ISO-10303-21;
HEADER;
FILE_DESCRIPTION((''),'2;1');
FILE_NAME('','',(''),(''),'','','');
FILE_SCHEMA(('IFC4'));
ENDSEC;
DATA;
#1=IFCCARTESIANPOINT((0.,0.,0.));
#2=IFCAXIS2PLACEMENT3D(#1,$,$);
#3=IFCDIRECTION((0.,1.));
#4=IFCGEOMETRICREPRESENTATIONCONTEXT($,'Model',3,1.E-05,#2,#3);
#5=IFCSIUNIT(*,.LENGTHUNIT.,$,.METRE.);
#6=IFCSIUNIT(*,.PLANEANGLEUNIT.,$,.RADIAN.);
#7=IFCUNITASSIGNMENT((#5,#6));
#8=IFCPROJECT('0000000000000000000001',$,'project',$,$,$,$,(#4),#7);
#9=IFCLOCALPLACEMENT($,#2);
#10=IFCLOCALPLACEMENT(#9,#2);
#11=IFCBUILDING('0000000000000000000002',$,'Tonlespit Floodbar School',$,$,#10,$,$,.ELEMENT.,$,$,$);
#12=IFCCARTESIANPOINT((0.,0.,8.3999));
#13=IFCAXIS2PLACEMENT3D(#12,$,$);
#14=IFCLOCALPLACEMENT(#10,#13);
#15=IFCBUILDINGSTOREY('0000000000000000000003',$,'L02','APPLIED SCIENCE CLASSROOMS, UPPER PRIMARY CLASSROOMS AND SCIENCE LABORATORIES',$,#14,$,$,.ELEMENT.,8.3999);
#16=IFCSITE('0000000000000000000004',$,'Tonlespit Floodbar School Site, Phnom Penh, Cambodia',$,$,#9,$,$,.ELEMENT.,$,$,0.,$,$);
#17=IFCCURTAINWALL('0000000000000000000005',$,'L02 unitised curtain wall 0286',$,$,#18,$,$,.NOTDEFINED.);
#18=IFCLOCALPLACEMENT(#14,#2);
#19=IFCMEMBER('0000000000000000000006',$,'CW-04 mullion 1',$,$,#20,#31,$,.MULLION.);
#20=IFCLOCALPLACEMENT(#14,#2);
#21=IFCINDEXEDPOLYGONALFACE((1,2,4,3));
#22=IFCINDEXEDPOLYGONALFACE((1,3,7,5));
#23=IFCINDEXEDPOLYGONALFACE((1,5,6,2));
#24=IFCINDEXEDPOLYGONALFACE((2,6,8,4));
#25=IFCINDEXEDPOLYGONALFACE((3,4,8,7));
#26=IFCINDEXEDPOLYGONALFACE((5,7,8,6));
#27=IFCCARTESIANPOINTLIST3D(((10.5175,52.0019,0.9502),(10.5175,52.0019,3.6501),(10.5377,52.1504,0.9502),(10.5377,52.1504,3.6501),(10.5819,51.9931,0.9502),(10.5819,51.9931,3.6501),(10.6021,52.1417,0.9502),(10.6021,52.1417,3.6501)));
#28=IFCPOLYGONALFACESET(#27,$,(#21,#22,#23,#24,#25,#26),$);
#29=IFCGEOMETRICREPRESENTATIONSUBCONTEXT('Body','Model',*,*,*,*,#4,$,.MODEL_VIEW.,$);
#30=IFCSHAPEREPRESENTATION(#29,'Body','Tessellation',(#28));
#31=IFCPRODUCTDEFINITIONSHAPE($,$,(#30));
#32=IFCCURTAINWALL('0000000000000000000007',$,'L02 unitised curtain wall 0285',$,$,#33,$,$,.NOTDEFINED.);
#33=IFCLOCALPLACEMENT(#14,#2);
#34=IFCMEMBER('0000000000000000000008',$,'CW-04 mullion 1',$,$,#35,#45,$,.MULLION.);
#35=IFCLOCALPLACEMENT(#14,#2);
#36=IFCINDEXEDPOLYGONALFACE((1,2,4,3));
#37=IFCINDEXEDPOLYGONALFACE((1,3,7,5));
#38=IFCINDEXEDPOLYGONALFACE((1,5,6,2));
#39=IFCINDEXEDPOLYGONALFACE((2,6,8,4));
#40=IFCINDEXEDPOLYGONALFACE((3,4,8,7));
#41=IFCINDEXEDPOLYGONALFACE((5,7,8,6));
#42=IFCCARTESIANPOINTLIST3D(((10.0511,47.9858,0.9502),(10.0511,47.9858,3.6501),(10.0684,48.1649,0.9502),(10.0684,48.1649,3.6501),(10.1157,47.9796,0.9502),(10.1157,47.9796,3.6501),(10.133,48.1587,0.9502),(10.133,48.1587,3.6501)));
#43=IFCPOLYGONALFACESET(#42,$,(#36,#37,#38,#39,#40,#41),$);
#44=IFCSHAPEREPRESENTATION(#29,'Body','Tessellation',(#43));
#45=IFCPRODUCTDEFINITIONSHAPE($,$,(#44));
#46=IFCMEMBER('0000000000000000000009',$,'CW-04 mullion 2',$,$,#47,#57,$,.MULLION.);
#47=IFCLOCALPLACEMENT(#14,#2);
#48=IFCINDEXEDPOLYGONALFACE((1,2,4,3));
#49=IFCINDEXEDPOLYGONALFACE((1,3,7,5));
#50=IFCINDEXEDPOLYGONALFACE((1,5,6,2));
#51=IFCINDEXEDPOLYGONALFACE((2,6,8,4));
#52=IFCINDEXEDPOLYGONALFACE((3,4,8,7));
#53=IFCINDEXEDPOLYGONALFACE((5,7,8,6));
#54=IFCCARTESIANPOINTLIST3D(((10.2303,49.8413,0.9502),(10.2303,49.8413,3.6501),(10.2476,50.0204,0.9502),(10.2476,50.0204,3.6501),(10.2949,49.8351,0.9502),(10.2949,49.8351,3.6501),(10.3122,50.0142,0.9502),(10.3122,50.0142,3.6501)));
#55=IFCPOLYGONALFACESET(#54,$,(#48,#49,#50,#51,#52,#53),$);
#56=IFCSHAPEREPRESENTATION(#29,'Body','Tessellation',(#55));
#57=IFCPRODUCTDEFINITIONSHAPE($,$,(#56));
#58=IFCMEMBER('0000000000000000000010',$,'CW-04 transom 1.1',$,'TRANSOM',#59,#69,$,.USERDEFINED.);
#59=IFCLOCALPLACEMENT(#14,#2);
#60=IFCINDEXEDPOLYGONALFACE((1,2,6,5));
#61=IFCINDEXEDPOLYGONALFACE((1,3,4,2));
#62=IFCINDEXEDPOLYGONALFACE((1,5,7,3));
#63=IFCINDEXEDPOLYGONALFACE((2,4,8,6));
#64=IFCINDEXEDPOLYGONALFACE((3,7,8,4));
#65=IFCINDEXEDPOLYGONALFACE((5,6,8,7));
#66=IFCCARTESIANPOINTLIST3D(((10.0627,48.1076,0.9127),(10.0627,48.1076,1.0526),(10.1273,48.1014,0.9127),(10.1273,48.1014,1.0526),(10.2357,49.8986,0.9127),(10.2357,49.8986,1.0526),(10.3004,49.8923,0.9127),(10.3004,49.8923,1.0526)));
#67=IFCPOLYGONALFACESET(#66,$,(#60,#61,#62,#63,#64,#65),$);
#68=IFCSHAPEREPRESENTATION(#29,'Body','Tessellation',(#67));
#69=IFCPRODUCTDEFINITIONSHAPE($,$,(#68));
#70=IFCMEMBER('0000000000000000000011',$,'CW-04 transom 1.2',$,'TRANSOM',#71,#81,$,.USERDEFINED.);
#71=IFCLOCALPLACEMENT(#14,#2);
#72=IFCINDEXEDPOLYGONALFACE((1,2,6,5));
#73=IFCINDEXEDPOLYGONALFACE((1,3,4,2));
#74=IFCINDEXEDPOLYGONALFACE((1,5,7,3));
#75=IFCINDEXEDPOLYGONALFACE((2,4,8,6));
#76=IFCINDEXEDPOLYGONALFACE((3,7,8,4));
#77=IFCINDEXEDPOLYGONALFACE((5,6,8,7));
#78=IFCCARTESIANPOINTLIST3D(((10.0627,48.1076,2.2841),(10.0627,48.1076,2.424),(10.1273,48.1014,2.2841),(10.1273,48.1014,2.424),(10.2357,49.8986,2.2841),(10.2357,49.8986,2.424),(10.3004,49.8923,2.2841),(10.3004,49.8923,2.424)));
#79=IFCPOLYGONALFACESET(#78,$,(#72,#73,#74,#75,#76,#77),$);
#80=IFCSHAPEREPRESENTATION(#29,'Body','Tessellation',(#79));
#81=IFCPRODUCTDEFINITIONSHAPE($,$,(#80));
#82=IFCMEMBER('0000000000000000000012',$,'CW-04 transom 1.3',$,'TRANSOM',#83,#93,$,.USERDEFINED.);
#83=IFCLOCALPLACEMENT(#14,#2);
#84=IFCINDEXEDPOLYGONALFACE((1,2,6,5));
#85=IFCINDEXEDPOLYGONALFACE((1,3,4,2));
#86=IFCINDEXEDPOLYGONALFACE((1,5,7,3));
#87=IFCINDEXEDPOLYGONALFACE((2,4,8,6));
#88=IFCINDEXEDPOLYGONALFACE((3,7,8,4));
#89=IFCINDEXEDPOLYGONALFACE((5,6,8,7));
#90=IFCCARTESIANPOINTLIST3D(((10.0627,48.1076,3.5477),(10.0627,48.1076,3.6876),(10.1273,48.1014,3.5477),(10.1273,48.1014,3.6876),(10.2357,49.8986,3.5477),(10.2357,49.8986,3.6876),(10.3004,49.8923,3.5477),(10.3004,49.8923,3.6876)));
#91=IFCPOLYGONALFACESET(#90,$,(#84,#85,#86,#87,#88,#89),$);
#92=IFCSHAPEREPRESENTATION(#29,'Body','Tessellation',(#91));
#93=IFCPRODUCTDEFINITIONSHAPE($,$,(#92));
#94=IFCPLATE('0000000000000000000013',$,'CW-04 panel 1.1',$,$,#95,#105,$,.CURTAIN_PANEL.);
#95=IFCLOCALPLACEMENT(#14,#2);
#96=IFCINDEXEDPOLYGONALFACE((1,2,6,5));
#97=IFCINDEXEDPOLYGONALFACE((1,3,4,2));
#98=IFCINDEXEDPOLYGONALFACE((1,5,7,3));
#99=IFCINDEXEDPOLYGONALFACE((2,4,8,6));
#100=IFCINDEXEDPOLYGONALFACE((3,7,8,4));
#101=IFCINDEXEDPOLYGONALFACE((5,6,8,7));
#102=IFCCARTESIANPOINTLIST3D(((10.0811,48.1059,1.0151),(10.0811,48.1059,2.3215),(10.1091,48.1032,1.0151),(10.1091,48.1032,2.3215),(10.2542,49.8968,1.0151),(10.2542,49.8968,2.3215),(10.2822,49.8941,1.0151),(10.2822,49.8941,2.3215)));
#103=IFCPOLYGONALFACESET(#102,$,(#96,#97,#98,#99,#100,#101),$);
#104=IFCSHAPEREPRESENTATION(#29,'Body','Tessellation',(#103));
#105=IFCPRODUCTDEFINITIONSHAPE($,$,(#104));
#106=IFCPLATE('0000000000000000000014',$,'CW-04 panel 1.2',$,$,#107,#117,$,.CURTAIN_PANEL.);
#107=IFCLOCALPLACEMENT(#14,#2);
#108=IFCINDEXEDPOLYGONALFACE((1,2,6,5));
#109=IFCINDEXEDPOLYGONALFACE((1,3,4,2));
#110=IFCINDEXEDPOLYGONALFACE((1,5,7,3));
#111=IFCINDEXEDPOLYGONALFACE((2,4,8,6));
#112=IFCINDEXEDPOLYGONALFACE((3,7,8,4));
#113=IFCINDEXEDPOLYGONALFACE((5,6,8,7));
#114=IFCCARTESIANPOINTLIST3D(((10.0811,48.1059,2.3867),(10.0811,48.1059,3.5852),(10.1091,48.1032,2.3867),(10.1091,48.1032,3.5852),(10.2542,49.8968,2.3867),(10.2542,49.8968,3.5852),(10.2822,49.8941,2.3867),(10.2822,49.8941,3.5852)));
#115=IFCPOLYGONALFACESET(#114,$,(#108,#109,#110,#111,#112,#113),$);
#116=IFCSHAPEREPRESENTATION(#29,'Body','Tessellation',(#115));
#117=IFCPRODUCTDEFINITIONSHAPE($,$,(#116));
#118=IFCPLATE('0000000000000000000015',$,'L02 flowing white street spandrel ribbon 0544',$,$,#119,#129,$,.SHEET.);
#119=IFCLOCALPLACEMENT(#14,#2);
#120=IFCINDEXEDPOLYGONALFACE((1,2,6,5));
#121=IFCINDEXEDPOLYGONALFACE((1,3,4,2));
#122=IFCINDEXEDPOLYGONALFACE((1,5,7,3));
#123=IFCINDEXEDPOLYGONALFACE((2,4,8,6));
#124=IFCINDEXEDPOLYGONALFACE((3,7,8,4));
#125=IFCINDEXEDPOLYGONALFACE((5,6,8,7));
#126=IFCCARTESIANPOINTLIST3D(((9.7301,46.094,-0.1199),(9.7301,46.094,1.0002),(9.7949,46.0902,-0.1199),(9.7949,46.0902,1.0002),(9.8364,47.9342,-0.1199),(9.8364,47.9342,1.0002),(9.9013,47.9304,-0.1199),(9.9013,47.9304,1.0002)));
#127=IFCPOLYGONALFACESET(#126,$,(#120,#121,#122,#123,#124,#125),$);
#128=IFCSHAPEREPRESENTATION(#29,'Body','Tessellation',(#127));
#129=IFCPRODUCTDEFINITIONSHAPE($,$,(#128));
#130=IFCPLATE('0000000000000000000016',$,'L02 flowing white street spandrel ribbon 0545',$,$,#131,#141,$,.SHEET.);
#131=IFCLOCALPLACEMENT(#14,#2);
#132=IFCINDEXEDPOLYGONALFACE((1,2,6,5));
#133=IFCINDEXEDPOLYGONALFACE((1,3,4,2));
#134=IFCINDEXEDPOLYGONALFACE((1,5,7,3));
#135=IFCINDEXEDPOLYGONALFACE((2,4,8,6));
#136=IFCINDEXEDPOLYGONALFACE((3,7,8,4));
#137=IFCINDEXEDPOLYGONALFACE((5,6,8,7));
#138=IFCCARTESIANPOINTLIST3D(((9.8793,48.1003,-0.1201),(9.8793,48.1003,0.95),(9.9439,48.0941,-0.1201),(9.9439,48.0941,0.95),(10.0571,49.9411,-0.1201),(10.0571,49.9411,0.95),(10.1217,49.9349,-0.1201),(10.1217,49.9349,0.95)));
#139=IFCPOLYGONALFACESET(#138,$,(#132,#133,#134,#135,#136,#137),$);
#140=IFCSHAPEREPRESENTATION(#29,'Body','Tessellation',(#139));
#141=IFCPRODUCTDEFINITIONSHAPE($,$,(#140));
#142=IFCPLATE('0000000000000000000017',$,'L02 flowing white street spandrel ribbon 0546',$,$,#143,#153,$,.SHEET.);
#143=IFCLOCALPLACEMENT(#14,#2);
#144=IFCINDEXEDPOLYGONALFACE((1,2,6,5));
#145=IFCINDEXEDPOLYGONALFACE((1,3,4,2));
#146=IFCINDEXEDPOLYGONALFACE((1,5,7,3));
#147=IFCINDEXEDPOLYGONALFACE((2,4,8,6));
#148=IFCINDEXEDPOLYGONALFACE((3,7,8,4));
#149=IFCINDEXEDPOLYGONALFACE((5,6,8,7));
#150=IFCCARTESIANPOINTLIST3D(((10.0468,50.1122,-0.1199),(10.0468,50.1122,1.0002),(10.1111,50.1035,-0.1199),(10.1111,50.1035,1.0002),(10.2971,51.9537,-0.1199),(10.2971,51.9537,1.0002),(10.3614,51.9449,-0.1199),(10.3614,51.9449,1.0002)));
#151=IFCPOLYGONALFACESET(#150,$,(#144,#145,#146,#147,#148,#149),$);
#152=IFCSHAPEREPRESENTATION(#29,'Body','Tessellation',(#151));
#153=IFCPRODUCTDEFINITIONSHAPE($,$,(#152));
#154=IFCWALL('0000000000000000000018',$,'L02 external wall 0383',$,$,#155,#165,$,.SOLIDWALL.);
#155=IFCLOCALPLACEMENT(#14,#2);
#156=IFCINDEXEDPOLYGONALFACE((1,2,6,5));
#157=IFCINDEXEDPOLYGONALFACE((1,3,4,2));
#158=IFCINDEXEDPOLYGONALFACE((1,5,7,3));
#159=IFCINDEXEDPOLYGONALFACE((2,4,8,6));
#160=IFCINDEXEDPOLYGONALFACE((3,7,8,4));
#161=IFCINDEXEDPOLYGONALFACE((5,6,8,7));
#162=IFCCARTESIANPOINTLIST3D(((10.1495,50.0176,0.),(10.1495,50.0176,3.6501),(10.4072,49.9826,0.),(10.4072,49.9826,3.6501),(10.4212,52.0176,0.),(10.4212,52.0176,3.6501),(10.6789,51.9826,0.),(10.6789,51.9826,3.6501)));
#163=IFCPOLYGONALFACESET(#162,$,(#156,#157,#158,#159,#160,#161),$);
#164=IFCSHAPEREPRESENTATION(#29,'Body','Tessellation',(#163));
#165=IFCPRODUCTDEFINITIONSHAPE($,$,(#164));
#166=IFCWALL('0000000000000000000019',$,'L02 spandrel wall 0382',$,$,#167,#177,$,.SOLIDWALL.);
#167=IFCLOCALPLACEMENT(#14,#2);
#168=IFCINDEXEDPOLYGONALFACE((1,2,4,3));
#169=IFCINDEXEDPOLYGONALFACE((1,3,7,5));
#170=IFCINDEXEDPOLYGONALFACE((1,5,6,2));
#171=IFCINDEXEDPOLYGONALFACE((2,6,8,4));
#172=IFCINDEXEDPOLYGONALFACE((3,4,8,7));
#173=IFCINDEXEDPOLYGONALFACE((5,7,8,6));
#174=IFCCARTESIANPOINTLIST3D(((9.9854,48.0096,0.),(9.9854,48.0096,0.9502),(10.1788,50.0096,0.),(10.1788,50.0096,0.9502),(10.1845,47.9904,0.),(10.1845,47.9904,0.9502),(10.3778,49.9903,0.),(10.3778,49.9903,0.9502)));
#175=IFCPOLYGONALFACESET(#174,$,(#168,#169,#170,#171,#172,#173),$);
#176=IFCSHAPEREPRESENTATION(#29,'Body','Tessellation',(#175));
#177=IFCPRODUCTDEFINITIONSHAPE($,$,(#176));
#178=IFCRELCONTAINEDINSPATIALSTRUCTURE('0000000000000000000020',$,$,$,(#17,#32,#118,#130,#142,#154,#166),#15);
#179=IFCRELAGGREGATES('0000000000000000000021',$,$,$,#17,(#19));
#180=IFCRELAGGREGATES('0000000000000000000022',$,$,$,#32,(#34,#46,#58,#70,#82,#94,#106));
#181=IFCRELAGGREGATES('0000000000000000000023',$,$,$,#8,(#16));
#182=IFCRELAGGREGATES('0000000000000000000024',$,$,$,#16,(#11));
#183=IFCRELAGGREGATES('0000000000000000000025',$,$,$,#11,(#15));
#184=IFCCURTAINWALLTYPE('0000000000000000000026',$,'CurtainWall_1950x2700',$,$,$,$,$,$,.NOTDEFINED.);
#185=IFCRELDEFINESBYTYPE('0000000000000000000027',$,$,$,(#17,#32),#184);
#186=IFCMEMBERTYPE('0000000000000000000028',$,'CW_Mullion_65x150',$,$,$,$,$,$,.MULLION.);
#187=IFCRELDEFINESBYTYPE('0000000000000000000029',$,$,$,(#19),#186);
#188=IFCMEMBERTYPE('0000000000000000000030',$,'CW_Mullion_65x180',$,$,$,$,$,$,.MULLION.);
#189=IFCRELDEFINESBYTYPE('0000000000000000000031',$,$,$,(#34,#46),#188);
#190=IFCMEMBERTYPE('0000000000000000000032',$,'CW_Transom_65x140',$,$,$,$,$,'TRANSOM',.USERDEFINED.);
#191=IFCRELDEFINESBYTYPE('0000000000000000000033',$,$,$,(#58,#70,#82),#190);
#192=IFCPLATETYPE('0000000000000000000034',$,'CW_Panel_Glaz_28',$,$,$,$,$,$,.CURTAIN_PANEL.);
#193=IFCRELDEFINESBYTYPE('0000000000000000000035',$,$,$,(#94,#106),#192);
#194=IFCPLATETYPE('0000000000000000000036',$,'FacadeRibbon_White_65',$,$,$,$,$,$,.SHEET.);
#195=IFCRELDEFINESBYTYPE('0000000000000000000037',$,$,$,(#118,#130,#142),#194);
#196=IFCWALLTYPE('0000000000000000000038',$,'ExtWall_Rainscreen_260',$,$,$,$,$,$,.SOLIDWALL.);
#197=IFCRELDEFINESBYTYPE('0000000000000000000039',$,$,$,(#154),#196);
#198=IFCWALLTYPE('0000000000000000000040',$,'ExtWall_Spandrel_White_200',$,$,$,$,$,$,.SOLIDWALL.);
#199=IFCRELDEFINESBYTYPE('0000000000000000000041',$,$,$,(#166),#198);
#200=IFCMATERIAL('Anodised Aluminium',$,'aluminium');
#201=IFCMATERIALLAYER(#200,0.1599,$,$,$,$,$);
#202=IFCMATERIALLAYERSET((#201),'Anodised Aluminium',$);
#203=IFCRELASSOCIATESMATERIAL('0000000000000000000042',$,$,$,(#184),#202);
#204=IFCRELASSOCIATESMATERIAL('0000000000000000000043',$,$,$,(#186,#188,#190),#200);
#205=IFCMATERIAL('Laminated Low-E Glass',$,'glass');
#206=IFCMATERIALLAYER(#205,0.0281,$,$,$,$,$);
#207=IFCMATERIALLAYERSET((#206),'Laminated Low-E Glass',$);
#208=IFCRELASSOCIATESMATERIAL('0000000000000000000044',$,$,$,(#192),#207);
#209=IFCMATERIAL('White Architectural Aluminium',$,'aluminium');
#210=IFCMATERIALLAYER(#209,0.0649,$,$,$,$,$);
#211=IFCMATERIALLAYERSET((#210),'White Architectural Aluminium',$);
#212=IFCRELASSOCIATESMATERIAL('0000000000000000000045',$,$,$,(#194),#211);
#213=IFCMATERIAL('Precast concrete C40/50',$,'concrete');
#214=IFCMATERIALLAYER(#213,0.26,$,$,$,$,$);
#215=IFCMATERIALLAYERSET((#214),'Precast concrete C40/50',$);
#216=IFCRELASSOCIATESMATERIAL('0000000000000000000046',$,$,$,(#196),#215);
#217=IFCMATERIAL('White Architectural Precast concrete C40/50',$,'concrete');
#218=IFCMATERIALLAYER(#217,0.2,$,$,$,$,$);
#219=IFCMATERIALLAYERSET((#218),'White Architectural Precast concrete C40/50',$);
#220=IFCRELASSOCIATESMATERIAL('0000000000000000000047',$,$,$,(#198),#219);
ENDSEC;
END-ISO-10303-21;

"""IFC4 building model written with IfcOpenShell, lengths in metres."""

from ifc_helpers import new_model, si_unit, direction, frame, frame_2d, origin, origin_2d, place, context, subcontext, project, spatial, rectangle, extrude, material, layer, layer_set, material_profile, profile_set, type_object, element, aggregate, save


model = new_model("IFC4")

# Units and contexts
model_context = context("Model", 3, precision=1e-05, world=origin(), true_north=direction((0.0, 1.0)))
body_context = subcontext(model_context, "Body", "Model", "MODEL_VIEW")
ifc_project = project(units=[si_unit("LENGTHUNIT", "METRE"), si_unit("PLANEANGLEUNIT", "RADIAN")], contexts=[model_context])

# Site, building, storey
site_placement = place(None, origin())
site = spatial("IfcSite", under=ifc_project, at=site_placement, Name="Tonlespit Floodbar School Site, Phnom Penh, Cambodia", CompositionType="ELEMENT", RefElevation=0.0)
building_placement = place(site_placement, origin())
building = spatial("IfcBuilding", under=site, at=building_placement, Name="Tonlespit Floodbar School", CompositionType="ELEMENT")
storey_placement = place(building_placement, frame((0.0, 0.0, 8.3999)))
storey = spatial("IfcBuildingStorey", under=building, at=storey_placement, Name="L02", Description="APPLIED SCIENCE CLASSROOMS, UPPER PRIMARY CLASSROOMS AND SCIENCE LABORATORIES", CompositionType="ELEMENT", Elevation=8.3999)

# Curtain wall, member
ifc_material_1 = material(Name="Anodised Aluminium", Category="aluminium")
ifc_layer_1 = layer(ifc_material_1, 0.1599)
ifc_layer_set_1 = layer_set([ifc_layer_1], Name="Anodised Aluminium")
curtain_wall_type = type_object("IfcCurtainWallType", Name="CurtainWall_1950x2700", PredefinedType="NOTDEFINED", material=ifc_layer_set_1)
curtain_wall_1_placement = place(storey_placement, origin())
curtain_wall_1 = element("IfcCurtainWall", 1, at=curtain_wall_1_placement, inside=storey, type_object=curtain_wall_type, Name="L02 unitised curtain wall 0286", PredefinedType="NOTDEFINED")
ifc_material_profile_1 = material_profile(ifc_material_1, rectangle(XDim=0.0649, YDim=0.1499, at=origin_2d()), Name="ALU M65x150")
ifc_profile_set_1 = profile_set([ifc_material_profile_1], Name="Anodised Aluminium")
member_type_1 = type_object("IfcMemberType", Name="CW_Mullion_65x150", PredefinedType="MULLION", material=ifc_profile_set_1)
member_1_placement = place(storey_placement, frame((10.5598, 52.0718, 0.9502), z_axis=(0.0, 0.0, 1.0), x_axis=(-0.990894, 0.134644, 0.0)))
member_1 = element("IfcMember", 2, at=member_1_placement, type_object=member_type_1, Name="CW-04 mullion 1", PredefinedType="MULLION", context=body_context, shape_type="SweptSolid", body=[
    extrude(rectangle(XDim=0.0649, YDim=0.1499, at=origin_2d()), origin(), (0.0, 0.0, 1.0), 2.7),
])
aggregate(curtain_wall_1, [member_1])

# Curtain wall, members, plates
curtain_wall_2_placement = place(storey_placement, origin())
curtain_wall_2 = element("IfcCurtainWall", 3, at=curtain_wall_2_placement, inside=storey, type_object=curtain_wall_type, Name="L02 unitised curtain wall 0285", PredefinedType="NOTDEFINED")
ifc_material_profile_2 = material_profile(ifc_material_1, rectangle(XDim=0.0649, YDim=0.1799, at=origin_2d()), Name="ALU M65x180")
ifc_profile_set_2 = profile_set([ifc_material_profile_2], Name="Anodised Aluminium")
member_type_2 = type_object("IfcMemberType", Name="CW_Mullion_65x180", PredefinedType="MULLION", material=ifc_profile_set_2)
member_2_placement = place(storey_placement, frame((10.092, 48.0723, 0.9502), z_axis=(0.0, 0.0, 1.0), x_axis=(-0.995362, 0.096198, 0.0)))
member_2 = element("IfcMember", 4, at=member_2_placement, type_object=member_type_2, Name="CW-04 mullion 1", PredefinedType="MULLION", context=body_context, shape_type="SweptSolid", body=[
    extrude(rectangle(XDim=0.0649, YDim=0.1799, at=origin_2d()), origin(), (0.0, 0.0, 1.0), 2.7),
])
member_3_placement = place(storey_placement, frame((10.2712, 49.9277, 0.9502), z_axis=(0.0, 0.0, 1.0), x_axis=(-0.995362, 0.096198, 0.0)))
member_3 = element("IfcMember", 5, at=member_3_placement, type_object=member_type_2, Name="CW-04 mullion 2", PredefinedType="MULLION", context=body_context, shape_type="SweptSolid", body=[
    extrude(rectangle(XDim=0.0649, YDim=0.1799, at=origin_2d()), origin(), (0.0, 0.0, 1.0), 2.7),
])
ifc_material_profile_3 = material_profile(ifc_material_1, rectangle(XDim=0.0649, YDim=0.1399, at=origin_2d()), Name="ALU T65x140")
ifc_profile_set_3 = profile_set([ifc_material_profile_3], Name="Anodised Aluminium")
member_type_3 = type_object("IfcMemberType", Name="CW_Transom_65x140", ElementType="TRANSOM", PredefinedType="USERDEFINED", material=ifc_profile_set_3)
member_4_placement = place(storey_placement, frame((10.095, 48.1045, 0.9827), z_axis=(0.096198, 0.995362, 0.0), x_axis=(-0.995362, 0.096198, 0.0)))
member_4 = element("IfcMember", 6, at=member_4_placement, type_object=member_type_3, Name="CW-04 transom 1.1", ObjectType="TRANSOM", PredefinedType="USERDEFINED", context=body_context, shape_type="SweptSolid", body=[
    extrude(rectangle(XDim=0.0649, YDim=0.1399, at=origin_2d()), origin(), (0.0, 0.0, 1.0), 1.7993),
])
member_5_placement = place(storey_placement, frame((10.095, 48.1045, 2.354), z_axis=(0.096198, 0.995362, 0.0), x_axis=(-0.995362, 0.096198, 0.0)))
member_5 = element("IfcMember", 7, at=member_5_placement, type_object=member_type_3, Name="CW-04 transom 1.2", ObjectType="TRANSOM", PredefinedType="USERDEFINED", context=body_context, shape_type="SweptSolid", body=[
    extrude(rectangle(XDim=0.0649, YDim=0.1399, at=origin_2d()), origin(), (0.0, 0.0, 1.0), 1.7993),
])
member_6_placement = place(storey_placement, frame((10.095, 48.1045, 3.6177), z_axis=(0.096198, 0.995362, 0.0), x_axis=(-0.995362, 0.096198, 0.0)))
member_6 = element("IfcMember", 8, at=member_6_placement, type_object=member_type_3, Name="CW-04 transom 1.3", ObjectType="TRANSOM", PredefinedType="USERDEFINED", context=body_context, shape_type="SweptSolid", body=[
    extrude(rectangle(XDim=0.0649, YDim=0.1399, at=origin_2d()), origin(), (0.0, 0.0, 1.0), 1.7993),
])
ifc_material_2 = material(Name="Laminated Low-E Glass", Category="glass")
ifc_layer_2 = layer(ifc_material_2, 0.0281)
ifc_layer_set_2 = layer_set([ifc_layer_2], Name="Laminated Low-E Glass")
plate_type_1 = type_object("IfcPlateType", Name="CW_Panel_Glaz_28", PredefinedType="CURTAIN_PANEL", material=ifc_layer_set_2)
plate_1_placement = place(storey_placement, frame((10.1816, 49.0, 1.0151), z_axis=(0.0, 0.0, 1.0), x_axis=(0.096198, 0.995362, 0.0)))
plate_1 = element("IfcPlate", 9, at=plate_1_placement, type_object=plate_type_1, Name="CW-04 panel 1.1", PredefinedType="CURTAIN_PANEL", context=body_context, shape_type="SweptSolid", body=[
    extrude(rectangle(XDim=1.7993, YDim=0.0281, at=origin_2d()), origin(), (0.0, 0.0, 1.0), 1.3064),
])
plate_2_placement = place(storey_placement, frame((10.1816, 49.0, 2.3867), z_axis=(0.0, 0.0, 1.0), x_axis=(0.096198, 0.995362, 0.0)))
plate_2 = element("IfcPlate", 10, at=plate_2_placement, type_object=plate_type_1, Name="CW-04 panel 1.2", PredefinedType="CURTAIN_PANEL", context=body_context, shape_type="SweptSolid", body=[
    extrude(rectangle(XDim=1.7993, YDim=0.0281, at=origin_2d()), origin(), (0.0, 0.0, 1.0), 1.1985),
])
aggregate(curtain_wall_2, [member_2, member_3, member_4, member_5, member_6, plate_1, plate_2])

# Plates
ifc_material_3 = material(Name="White Architectural Aluminium", Category="aluminium")
ifc_layer_3 = layer(ifc_material_3, 0.0649)
ifc_layer_set_3 = layer_set([ifc_layer_3], Name="White Architectural Aluminium")
plate_type_2 = type_object("IfcPlateType", Name="FacadeRibbon_White_65", PredefinedType="SHEET", material=ifc_layer_set_3)
plate_3_placement = place(storey_placement, frame((9.8157, 47.0122, -0.1199), z_axis=(0.0, 0.0, 1.0), x_axis=(0.057703, 0.998334, 0.0)))
element("IfcPlate", 11, at=plate_3_placement, inside=storey, type_object=plate_type_2, Name="L02 flowing white street spandrel ribbon 0544", PredefinedType="SHEET", context=body_context, shape_type="SweptSolid", body=[
    extrude(rectangle(XDim=1.8433, YDim=0.0649, at=origin_2d()), origin(), (0.0, 0.0, 1.0), 1.1201),
])
plate_4_placement = place(storey_placement, frame((10.0005, 49.0176, -0.1201), z_axis=(0.0, 0.0, 1.0), x_axis=(0.096153, 0.995367, 0.0)))
element("IfcPlate", 12, at=plate_4_placement, inside=storey, type_object=plate_type_2, Name="L02 flowing white street spandrel ribbon 0545", PredefinedType="SHEET", context=body_context, shape_type="SweptSolid", body=[
    extrude(rectangle(XDim=1.8494, YDim=0.0649, at=origin_2d()), origin(), (0.0, 0.0, 1.0), 1.0701),
])
plate_5_placement = place(storey_placement, frame((10.2041, 51.0286, -0.1199), z_axis=(0.0, 0.0, 1.0), x_axis=(0.134662, 0.990892, 0.0)))
element("IfcPlate", 13, at=plate_5_placement, inside=storey, type_object=plate_type_2, Name="L02 flowing white street spandrel ribbon 0546", PredefinedType="SHEET", context=body_context, shape_type="SweptSolid", body=[
    extrude(rectangle(XDim=1.8584, YDim=0.0649, at=origin_2d()), origin(), (0.0, 0.0, 1.0), 1.1201),
])

# Walls
ifc_material_4 = material(Name="Precast concrete C40/50", Category="concrete")
ifc_layer_4 = layer(ifc_material_4, 0.26)
ifc_layer_set_4 = layer_set([ifc_layer_4], Name="Precast concrete C40/50")
wall_type_1 = type_object("IfcWallType", Name="ExtWall_Rainscreen_260", PredefinedType="SOLIDWALL", material=ifc_layer_set_4)
wall_1_placement = place(storey_placement, frame((10.2783, 50.0, 0.0), z_axis=(0.0, 0.0, 1.0), x_axis=(0.134627, 0.990896, 0.0)))
element("IfcWall", 14, at=wall_1_placement, inside=storey, type_object=wall_type_1, Name="L02 external wall 0383", PredefinedType="SOLIDWALL", context=body_context, shape_type="SweptSolid", body=[
    extrude(rectangle(XDim=2.0183, YDim=0.26, at=frame_2d((1.0093, 0.0))), origin(), (0.0, 0.0, 1.0), 3.6501),
])
ifc_material_5 = material(Name="White Architectural Precast concrete C40/50", Category="concrete")
ifc_layer_5 = layer(ifc_material_5, 0.2)
ifc_layer_set_5 = layer_set([ifc_layer_5], Name="White Architectural Precast concrete C40/50")
wall_type_2 = type_object("IfcWallType", Name="ExtWall_Spandrel_White_200", PredefinedType="SOLIDWALL", material=ifc_layer_set_5)
wall_2_placement = place(storey_placement, frame((10.085, 48.0, 0.0), z_axis=(0.0, 0.0, 1.0), x_axis=(0.096231, 0.995359, 0.0)))
element("IfcWall", 15, at=wall_2_placement, inside=storey, type_object=wall_type_2, Name="L02 spandrel wall 0382", PredefinedType="SOLIDWALL", context=body_context, shape_type="SweptSolid", body=[
    extrude(rectangle(XDim=2.0093, YDim=0.2, at=frame_2d((1.0046, 0.0))), origin(), (0.0, 0.0, 1.0), 0.9502),
])

save(model, "model.ifc")
